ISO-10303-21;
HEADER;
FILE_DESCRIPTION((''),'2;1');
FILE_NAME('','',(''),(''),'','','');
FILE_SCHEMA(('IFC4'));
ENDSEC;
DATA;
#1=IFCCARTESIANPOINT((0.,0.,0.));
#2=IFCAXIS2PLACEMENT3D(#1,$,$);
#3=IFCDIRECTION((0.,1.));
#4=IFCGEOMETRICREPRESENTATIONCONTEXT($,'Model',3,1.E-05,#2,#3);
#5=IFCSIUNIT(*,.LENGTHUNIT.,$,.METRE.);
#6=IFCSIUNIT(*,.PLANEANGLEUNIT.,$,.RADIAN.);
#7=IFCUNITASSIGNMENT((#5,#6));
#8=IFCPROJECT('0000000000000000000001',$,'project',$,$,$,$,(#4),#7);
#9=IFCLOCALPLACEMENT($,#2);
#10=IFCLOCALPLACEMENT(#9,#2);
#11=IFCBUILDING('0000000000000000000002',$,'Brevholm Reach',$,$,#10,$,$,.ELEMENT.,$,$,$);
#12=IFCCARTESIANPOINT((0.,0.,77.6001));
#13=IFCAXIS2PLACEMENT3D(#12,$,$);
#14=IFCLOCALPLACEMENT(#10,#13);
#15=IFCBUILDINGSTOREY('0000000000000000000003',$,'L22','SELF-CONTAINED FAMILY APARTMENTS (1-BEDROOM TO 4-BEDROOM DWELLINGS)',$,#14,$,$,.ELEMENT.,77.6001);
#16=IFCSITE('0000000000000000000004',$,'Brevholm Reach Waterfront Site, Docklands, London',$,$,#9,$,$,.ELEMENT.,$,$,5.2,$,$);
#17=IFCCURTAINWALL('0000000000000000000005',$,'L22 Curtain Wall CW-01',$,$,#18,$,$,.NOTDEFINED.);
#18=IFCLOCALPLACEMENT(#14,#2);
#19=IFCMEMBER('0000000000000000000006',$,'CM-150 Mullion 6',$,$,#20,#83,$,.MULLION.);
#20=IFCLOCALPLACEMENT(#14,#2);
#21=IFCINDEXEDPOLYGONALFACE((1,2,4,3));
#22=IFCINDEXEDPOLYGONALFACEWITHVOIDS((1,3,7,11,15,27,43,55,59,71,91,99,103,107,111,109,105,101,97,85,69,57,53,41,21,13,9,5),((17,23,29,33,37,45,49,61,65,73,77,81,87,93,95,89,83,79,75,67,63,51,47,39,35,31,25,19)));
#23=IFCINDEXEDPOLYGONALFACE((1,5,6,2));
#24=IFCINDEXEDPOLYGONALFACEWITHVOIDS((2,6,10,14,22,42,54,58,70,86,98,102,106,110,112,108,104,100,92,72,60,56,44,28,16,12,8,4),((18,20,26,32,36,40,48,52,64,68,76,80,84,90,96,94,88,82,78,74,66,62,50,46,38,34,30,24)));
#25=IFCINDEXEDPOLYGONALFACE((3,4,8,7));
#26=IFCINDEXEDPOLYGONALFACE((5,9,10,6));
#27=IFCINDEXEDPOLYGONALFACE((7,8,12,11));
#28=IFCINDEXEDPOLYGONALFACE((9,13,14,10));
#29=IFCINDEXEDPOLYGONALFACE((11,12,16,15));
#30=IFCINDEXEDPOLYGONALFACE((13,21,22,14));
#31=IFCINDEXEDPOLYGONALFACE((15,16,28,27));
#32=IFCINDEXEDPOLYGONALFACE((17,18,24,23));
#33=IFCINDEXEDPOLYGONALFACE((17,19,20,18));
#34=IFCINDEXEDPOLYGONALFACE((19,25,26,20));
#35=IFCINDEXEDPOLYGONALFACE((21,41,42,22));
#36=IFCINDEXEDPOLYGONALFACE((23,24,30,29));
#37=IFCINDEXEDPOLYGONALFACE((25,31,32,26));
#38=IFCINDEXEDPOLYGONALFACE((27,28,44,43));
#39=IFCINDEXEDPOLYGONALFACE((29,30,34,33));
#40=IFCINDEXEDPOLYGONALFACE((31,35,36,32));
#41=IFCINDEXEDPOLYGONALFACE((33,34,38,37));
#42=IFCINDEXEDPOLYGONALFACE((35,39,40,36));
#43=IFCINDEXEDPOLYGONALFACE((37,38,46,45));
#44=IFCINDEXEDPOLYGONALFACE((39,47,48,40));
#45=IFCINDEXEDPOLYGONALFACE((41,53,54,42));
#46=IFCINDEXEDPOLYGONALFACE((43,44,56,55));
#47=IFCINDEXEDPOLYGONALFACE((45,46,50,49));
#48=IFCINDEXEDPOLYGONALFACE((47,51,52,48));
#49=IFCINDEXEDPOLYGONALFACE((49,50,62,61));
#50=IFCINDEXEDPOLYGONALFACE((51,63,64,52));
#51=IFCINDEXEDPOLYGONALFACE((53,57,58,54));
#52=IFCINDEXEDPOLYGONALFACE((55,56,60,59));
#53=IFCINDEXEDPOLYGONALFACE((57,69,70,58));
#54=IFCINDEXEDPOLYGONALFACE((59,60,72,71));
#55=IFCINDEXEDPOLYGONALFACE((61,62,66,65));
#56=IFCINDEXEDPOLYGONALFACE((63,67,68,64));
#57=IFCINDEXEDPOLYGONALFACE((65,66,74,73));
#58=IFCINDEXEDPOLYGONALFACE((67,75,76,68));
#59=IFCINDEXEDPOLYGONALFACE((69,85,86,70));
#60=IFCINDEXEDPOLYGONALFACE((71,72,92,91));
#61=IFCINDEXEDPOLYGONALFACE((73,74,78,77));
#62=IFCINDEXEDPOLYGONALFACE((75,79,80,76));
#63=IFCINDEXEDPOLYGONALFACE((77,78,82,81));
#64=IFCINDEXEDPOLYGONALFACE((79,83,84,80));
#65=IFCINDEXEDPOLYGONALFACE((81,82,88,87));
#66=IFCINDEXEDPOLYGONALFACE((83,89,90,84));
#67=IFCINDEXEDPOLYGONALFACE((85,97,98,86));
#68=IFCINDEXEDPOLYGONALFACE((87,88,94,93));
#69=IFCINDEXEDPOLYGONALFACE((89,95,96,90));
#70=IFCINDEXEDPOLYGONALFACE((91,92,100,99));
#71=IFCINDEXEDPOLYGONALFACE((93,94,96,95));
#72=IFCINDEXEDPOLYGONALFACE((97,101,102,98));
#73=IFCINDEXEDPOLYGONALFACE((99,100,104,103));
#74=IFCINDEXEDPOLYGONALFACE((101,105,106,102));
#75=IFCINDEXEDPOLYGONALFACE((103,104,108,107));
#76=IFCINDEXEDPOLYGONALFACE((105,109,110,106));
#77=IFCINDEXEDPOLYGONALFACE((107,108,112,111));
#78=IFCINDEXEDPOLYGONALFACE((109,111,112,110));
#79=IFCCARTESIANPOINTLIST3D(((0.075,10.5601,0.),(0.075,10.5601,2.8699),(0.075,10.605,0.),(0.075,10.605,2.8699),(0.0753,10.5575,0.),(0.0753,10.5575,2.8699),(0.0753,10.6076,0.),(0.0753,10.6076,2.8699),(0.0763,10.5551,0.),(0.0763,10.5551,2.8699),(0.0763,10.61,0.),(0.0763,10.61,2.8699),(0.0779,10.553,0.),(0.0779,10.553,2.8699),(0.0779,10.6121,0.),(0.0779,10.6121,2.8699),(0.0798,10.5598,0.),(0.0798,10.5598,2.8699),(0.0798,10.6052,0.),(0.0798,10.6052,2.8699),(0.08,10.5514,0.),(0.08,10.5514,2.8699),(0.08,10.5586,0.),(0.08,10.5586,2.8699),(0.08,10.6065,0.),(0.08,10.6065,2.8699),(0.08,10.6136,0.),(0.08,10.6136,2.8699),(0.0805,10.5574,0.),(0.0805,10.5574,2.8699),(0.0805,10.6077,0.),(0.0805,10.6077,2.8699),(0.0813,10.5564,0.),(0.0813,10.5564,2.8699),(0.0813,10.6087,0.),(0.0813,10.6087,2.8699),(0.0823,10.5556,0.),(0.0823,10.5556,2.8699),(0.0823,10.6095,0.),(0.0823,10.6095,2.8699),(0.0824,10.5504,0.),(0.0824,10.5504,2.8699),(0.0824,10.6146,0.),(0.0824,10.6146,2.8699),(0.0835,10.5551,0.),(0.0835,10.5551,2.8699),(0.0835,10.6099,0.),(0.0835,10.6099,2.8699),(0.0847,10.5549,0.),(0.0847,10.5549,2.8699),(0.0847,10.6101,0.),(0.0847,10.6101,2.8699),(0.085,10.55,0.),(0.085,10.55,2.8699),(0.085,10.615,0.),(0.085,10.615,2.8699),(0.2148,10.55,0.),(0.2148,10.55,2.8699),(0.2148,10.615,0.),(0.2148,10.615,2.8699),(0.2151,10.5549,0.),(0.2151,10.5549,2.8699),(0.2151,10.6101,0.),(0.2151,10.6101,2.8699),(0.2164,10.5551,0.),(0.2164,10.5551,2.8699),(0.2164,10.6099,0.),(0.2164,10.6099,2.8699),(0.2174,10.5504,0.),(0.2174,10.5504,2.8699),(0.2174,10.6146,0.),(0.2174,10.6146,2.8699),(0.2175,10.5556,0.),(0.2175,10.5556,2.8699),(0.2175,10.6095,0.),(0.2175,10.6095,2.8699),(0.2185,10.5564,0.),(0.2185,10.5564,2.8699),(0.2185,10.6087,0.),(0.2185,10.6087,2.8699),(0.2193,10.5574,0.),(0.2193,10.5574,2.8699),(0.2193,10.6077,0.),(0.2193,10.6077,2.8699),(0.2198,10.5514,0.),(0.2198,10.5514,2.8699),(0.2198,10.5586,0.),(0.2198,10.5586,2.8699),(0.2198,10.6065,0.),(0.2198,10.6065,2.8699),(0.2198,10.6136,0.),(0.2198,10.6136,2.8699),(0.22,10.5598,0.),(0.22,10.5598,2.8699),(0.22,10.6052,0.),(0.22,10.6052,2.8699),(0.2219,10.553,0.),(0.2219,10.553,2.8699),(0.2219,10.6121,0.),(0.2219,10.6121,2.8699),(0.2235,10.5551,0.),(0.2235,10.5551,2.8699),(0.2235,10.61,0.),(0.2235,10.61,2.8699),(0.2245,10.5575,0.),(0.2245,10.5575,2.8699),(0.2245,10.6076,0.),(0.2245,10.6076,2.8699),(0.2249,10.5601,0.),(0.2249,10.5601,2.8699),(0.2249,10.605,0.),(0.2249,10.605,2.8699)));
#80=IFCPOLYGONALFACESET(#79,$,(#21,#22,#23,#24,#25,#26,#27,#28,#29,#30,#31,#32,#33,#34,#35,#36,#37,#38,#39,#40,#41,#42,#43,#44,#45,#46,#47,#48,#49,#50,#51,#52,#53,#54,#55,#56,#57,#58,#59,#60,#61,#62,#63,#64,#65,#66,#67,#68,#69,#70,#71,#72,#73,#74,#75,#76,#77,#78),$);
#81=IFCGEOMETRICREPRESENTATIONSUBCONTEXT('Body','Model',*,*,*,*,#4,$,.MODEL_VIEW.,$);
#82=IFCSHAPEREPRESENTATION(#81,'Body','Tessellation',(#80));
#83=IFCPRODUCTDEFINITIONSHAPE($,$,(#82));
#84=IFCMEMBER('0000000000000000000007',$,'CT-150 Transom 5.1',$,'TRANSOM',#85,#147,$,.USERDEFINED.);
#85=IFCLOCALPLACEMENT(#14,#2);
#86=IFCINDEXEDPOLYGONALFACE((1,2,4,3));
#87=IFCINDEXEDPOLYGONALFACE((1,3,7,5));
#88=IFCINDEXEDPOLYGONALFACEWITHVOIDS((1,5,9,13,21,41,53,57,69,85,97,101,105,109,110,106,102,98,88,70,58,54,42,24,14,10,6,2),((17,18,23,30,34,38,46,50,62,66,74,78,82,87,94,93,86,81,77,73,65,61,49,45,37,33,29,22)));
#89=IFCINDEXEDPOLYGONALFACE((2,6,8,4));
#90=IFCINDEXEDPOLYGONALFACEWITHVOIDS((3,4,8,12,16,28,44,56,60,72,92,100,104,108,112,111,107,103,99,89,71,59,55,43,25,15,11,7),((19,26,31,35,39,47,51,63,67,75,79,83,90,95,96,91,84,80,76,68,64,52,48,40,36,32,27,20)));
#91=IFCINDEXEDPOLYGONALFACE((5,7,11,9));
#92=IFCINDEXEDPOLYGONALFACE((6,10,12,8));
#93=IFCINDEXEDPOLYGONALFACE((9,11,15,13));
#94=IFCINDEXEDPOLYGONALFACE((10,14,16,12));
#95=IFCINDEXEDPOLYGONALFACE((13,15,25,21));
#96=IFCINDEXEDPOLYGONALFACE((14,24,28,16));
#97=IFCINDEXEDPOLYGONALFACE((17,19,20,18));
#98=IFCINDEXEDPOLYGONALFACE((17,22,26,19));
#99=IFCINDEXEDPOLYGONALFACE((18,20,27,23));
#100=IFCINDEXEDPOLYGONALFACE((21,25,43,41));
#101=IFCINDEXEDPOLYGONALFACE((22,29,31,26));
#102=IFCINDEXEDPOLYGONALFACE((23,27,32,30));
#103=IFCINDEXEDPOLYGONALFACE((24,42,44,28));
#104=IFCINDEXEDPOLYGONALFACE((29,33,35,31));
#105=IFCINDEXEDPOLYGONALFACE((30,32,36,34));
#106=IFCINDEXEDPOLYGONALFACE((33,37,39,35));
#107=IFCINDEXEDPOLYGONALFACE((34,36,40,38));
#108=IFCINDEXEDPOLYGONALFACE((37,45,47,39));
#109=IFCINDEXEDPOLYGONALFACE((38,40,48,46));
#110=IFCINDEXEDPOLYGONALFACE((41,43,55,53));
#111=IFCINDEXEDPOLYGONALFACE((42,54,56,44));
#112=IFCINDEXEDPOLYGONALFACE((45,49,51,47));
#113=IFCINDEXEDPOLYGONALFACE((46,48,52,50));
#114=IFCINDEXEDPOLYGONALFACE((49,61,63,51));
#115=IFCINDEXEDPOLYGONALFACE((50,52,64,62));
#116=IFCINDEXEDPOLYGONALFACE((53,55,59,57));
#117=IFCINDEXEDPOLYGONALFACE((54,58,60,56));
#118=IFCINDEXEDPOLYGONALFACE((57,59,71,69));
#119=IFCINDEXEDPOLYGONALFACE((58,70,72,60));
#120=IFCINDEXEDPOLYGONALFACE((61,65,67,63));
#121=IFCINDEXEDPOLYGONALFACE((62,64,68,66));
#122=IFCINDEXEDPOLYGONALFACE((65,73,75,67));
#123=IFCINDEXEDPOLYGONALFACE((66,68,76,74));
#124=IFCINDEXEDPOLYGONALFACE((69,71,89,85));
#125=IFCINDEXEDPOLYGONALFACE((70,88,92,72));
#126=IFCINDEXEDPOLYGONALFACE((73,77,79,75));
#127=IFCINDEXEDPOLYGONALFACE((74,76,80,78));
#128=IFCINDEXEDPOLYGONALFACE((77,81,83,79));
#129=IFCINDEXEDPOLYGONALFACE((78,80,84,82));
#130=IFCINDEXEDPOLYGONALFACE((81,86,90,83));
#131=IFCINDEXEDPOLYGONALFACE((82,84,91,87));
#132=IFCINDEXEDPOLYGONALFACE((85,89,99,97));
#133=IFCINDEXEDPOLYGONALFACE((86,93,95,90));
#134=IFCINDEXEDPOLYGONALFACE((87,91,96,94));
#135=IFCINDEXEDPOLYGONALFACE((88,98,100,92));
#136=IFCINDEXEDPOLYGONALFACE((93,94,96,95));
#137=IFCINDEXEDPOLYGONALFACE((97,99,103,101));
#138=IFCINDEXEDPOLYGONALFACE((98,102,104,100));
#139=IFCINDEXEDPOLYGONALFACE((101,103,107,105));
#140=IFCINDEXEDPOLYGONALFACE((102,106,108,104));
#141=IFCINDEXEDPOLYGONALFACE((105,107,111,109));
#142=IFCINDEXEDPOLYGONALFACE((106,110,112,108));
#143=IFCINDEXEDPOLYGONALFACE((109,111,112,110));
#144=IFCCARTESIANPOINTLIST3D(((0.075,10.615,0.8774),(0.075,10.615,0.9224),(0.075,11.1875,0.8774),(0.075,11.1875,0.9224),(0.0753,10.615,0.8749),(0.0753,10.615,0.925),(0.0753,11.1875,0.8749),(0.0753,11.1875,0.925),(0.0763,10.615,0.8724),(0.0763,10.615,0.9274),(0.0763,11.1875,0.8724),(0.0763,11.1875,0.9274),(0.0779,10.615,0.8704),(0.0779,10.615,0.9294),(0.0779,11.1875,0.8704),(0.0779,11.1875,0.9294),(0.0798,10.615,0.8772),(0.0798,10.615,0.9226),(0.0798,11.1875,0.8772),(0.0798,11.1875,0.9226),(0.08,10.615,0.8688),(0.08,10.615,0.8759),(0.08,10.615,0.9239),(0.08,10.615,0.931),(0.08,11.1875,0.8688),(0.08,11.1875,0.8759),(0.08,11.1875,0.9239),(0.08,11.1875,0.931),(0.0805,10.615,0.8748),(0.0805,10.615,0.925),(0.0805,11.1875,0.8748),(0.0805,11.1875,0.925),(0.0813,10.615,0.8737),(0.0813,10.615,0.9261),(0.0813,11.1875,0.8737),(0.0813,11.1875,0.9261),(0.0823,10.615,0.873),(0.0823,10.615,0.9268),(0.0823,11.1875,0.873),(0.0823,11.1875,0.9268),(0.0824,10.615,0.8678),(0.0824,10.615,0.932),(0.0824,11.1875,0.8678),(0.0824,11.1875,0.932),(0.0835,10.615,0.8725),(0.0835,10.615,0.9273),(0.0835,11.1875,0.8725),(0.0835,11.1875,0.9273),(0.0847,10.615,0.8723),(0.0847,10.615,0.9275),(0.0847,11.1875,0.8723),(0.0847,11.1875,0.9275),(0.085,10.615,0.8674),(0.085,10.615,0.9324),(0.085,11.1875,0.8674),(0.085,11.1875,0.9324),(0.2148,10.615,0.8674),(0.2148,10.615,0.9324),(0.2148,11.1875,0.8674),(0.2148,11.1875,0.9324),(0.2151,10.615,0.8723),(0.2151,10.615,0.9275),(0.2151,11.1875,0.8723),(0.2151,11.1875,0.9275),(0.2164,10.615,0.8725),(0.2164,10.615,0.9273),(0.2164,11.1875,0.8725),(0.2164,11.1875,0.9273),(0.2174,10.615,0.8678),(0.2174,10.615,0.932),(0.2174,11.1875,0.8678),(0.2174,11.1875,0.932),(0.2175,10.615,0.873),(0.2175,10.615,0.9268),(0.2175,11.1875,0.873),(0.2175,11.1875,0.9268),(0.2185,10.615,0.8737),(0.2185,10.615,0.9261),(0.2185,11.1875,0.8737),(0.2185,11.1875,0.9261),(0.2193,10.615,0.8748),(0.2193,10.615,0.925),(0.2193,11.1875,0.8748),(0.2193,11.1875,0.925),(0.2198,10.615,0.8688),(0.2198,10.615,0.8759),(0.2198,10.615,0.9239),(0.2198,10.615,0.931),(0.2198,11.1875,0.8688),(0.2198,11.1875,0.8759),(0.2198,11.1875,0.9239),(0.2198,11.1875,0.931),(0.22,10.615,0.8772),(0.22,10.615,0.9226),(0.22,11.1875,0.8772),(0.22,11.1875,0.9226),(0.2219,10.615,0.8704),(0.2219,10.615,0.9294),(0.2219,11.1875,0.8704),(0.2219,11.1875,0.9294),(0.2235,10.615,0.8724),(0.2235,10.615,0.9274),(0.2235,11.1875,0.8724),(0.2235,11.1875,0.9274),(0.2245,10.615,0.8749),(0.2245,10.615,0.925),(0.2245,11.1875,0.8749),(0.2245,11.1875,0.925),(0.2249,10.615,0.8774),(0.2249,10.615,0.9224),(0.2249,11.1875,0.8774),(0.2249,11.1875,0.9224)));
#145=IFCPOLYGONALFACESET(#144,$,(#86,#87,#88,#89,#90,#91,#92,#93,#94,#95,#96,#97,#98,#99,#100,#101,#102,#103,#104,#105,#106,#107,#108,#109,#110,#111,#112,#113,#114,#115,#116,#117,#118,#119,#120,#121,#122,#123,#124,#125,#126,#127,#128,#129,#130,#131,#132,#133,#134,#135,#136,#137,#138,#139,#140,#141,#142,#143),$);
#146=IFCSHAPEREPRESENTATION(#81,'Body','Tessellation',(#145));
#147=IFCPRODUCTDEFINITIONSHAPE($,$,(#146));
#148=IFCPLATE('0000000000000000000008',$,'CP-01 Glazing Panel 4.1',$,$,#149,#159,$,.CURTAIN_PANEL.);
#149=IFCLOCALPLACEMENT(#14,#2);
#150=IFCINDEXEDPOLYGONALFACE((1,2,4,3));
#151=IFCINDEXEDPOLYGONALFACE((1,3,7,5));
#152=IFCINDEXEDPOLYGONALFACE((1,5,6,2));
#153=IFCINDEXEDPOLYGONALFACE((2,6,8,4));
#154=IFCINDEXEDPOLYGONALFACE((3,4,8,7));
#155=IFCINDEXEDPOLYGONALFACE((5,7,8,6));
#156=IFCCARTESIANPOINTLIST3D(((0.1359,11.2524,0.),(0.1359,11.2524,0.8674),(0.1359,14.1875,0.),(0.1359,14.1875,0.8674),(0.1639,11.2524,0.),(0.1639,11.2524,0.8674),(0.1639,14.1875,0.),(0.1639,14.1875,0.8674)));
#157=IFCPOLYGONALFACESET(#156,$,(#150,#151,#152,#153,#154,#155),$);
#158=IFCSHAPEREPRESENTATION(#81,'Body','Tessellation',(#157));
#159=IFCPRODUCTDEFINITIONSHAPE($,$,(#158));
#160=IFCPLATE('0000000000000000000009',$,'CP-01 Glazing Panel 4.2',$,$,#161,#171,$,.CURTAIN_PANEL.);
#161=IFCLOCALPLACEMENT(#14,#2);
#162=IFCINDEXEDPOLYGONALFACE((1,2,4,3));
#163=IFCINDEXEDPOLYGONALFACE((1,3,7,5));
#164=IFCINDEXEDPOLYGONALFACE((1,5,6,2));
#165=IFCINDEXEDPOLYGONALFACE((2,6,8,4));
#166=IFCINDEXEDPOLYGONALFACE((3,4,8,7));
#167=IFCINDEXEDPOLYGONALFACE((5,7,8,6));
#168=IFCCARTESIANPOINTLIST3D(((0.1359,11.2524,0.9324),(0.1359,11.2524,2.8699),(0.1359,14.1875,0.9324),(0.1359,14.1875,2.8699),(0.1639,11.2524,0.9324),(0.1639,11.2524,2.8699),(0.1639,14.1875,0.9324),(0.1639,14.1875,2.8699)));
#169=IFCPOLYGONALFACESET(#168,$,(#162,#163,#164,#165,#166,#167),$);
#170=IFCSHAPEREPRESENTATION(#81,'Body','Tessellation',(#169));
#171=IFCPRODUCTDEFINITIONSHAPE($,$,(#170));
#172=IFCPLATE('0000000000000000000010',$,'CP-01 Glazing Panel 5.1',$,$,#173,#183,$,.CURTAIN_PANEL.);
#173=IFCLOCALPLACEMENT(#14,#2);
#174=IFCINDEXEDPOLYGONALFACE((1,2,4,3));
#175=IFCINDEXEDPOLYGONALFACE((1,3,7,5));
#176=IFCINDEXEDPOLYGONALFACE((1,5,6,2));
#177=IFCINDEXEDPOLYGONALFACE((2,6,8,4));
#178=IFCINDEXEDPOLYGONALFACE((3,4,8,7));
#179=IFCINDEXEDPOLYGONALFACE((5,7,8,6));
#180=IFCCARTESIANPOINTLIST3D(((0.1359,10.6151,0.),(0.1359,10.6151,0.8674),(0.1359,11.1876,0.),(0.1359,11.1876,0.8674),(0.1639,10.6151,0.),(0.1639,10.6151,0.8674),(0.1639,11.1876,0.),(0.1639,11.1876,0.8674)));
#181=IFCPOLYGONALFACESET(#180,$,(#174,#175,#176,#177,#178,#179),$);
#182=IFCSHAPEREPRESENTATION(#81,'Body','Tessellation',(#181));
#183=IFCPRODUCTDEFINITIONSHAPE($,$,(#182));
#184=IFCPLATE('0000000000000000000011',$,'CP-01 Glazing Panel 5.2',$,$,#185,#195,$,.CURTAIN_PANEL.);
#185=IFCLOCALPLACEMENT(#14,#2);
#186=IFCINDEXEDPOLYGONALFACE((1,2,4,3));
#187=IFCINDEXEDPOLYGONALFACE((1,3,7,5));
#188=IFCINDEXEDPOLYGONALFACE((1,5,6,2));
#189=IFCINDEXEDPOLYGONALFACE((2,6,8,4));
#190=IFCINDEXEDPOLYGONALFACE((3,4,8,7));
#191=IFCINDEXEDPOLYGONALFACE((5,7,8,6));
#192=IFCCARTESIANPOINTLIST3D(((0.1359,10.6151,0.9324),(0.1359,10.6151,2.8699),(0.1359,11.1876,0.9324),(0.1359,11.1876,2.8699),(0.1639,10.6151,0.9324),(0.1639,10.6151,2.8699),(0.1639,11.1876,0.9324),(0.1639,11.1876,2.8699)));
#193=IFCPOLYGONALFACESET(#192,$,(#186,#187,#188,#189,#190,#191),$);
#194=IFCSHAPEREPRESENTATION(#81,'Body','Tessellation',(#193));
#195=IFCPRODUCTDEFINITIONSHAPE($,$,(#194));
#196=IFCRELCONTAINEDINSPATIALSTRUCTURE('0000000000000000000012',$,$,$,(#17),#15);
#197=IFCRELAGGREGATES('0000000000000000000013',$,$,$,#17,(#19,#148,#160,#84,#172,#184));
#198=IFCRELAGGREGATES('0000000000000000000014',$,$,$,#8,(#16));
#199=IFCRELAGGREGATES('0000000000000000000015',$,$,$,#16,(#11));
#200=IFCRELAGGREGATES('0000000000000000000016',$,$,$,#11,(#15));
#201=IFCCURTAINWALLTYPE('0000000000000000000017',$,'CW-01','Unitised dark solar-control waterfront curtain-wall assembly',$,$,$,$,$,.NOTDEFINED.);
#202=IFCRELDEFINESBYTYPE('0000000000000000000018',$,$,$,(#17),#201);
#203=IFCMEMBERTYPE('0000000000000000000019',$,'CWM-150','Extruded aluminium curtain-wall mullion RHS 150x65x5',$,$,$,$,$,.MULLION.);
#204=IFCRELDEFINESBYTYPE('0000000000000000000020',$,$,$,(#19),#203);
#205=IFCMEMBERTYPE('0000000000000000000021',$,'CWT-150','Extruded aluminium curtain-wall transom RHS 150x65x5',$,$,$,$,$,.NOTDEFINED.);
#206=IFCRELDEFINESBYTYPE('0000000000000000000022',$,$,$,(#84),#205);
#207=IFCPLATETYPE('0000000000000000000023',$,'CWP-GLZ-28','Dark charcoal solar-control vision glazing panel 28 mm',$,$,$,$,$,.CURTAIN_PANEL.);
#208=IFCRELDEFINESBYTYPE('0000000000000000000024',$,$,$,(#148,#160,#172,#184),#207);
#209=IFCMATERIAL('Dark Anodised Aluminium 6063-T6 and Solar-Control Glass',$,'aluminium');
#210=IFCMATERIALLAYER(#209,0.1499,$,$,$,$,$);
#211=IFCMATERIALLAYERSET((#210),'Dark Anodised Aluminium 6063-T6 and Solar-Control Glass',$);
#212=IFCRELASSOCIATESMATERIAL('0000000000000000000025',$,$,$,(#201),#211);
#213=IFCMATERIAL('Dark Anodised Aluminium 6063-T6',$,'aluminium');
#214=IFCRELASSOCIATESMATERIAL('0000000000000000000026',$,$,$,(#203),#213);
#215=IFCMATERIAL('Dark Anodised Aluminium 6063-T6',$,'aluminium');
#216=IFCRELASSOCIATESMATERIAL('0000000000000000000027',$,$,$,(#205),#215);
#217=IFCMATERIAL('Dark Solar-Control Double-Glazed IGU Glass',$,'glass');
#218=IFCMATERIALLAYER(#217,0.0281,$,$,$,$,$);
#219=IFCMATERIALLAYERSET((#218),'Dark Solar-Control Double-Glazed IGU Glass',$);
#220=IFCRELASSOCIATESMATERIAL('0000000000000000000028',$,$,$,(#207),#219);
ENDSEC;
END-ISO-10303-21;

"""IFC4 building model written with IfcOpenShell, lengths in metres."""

from ifc_helpers import new_model, si_unit, direction, frame, origin, origin_2d, place, context, subcontext, project, spatial, rectangle, hollow_rectangle, extrude, material, layer, layer_set, material_profile, profile_set, type_object, element, aggregate, save


model = new_model("IFC4")

# Units and contexts
model_context = context("Model", 3, precision=1e-05, world=origin(), true_north=direction((0.0, 1.0)))
body_context = subcontext(model_context, "Body", "Model", "MODEL_VIEW")
ifc_project = project(units=[si_unit("LENGTHUNIT", "METRE"), si_unit("PLANEANGLEUNIT", "RADIAN")], contexts=[model_context])

# Site, building, storey
site_placement = place(None, origin())
site = spatial("IfcSite", under=ifc_project, at=site_placement, Name="Brevholm Reach Waterfront Site, Docklands, London", CompositionType="ELEMENT", RefElevation=5.2)
building_placement = place(site_placement, origin())
building = spatial("IfcBuilding", under=site, at=building_placement, Name="Brevholm Reach", CompositionType="ELEMENT")
storey_placement = place(building_placement, frame((0.0, 0.0, 77.6001)))
storey = spatial("IfcBuildingStorey", under=building, at=storey_placement, Name="L22", Description="SELF-CONTAINED FAMILY APARTMENTS (1-BEDROOM TO 4-BEDROOM DWELLINGS)", CompositionType="ELEMENT", Elevation=77.6001)

# Curtain wall, members, plates
ifc_material_1 = material(Name="Dark Anodised Aluminium 6063-T6 and Solar-Control Glass", Category="aluminium")
ifc_layer_1 = layer(ifc_material_1, 0.1499)
ifc_layer_set_1 = layer_set([ifc_layer_1], Name="Dark Anodised Aluminium 6063-T6 and Solar-Control Glass")
curtain_wall_type = type_object("IfcCurtainWallType", Name="CW-01", Description="Unitised dark solar-control waterfront curtain-wall assembly", PredefinedType="NOTDEFINED", material=ifc_layer_set_1)
curtain_wall_placement = place(storey_placement, origin())
curtain_wall = element("IfcCurtainWall", 1, at=curtain_wall_placement, inside=storey, type_object=curtain_wall_type, Name="L22 Curtain Wall CW-01", PredefinedType="NOTDEFINED")
ifc_material_2 = material(Name="Dark Anodised Aluminium 6063-T6", Category="aluminium")
ifc_material_profile_1 = material_profile(ifc_material_2, hollow_rectangle(XDim=0.0649, YDim=0.1499, WallThickness=0.0049, InnerFilletRadius=0.0049, OuterFilletRadius=0.01, at=origin_2d()), Name="RHS 150x65x5")
ifc_profile_set_1 = profile_set([ifc_material_profile_1], Name="Dark Anodised Aluminium 6063-T6")
member_type_1 = type_object("IfcMemberType", Name="CWM-150", Description="Extruded aluminium curtain-wall mullion RHS 150x65x5", PredefinedType="MULLION", material=ifc_profile_set_1)
member_1_placement = place(storey_placement, frame((0.1499, 10.5825, 0.0), z_axis=(0.0, 0.0, 1.0), x_axis=(0.0, -1.0, 0.0)))
member_1 = element("IfcMember", 2, at=member_1_placement, type_object=member_type_1, Name="CM-150 Mullion 6", PredefinedType="MULLION", context=body_context, shape_type="SweptSolid", body=[
    extrude(hollow_rectangle(XDim=0.0649, YDim=0.1499, WallThickness=0.0049, InnerFilletRadius=0.0049, OuterFilletRadius=0.01, at=origin_2d()), origin(), (0.0, 0.0, 1.0), 2.8699),
])
ifc_material_3 = material(Name="Dark Anodised Aluminium 6063-T6", Category="aluminium")
ifc_material_profile_2 = material_profile(ifc_material_3, hollow_rectangle(XDim=0.0649, YDim=0.1499, WallThickness=0.0049, InnerFilletRadius=0.0049, OuterFilletRadius=0.01, at=origin_2d()), Name="RHS 150x65x5")
ifc_profile_set_2 = profile_set([ifc_material_profile_2], Name="Dark Anodised Aluminium 6063-T6")
member_type_2 = type_object("IfcMemberType", Name="CWT-150", Description="Extruded aluminium curtain-wall transom RHS 150x65x5", PredefinedType="NOTDEFINED", material=ifc_profile_set_2)
member_2_placement = place(storey_placement, frame((0.1499, 11.1875, 0.8999), z_axis=(0.0, -1.0, 0.0), x_axis=(0.0, 0.0, 1.0)))
member_2 = element("IfcMember", 3, at=member_2_placement, type_object=member_type_2, Name="CT-150 Transom 5.1", ObjectType="TRANSOM", PredefinedType="USERDEFINED", context=body_context, shape_type="SweptSolid", body=[
    extrude(hollow_rectangle(XDim=0.0649, YDim=0.1499, WallThickness=0.0049, InnerFilletRadius=0.0049, OuterFilletRadius=0.01, at=origin_2d()), origin(), (0.0, 0.0, 1.0), 0.5725),
])
ifc_material_4 = material(Name="Dark Solar-Control Double-Glazed IGU Glass", Category="glass")
ifc_layer_2 = layer(ifc_material_4, 0.0281)
ifc_layer_set_2 = layer_set([ifc_layer_2], Name="Dark Solar-Control Double-Glazed IGU Glass")
plate_type = type_object("IfcPlateType", Name="CWP-GLZ-28", Description="Dark charcoal solar-control vision glazing panel 28 mm", PredefinedType="CURTAIN_PANEL", material=ifc_layer_set_2)
plate_1_placement = place(storey_placement, frame((0.1499, 12.72, 0.0), z_axis=(0.0, 0.0, 1.0), x_axis=(0.0, -1.0, 0.0)))
plate_1 = element("IfcPlate", 4, at=plate_1_placement, type_object=plate_type, Name="CP-01 Glazing Panel 4.1", PredefinedType="CURTAIN_PANEL", context=body_context, shape_type="SweptSolid", body=[
    extrude(rectangle(XDim=2.9351, YDim=0.0281, at=origin_2d()), origin(), (0.0, 0.0, 1.0), 0.8674),
])
plate_2_placement = place(storey_placement, frame((0.1499, 12.72, 0.9324), z_axis=(0.0, 0.0, 1.0), x_axis=(0.0, -1.0, 0.0)))
plate_2 = element("IfcPlate", 5, at=plate_2_placement, type_object=plate_type, Name="CP-01 Glazing Panel 4.2", PredefinedType="CURTAIN_PANEL", context=body_context, shape_type="SweptSolid", body=[
    extrude(rectangle(XDim=2.9351, YDim=0.0281, at=origin_2d()), origin(), (0.0, 0.0, 1.0), 1.9375),
])
plate_3_placement = place(storey_placement, frame((0.1499, 10.9014, 0.0), z_axis=(0.0, 0.0, 1.0), x_axis=(0.0, -1.0, 0.0)))
plate_3 = element("IfcPlate", 6, at=plate_3_placement, type_object=plate_type, Name="CP-01 Glazing Panel 5.1", PredefinedType="CURTAIN_PANEL", context=body_context, shape_type="SweptSolid", body=[
    extrude(rectangle(XDim=0.5725, YDim=0.0281, at=origin_2d()), origin(), (0.0, 0.0, 1.0), 0.8674),
])
plate_4_placement = place(storey_placement, frame((0.1499, 10.9014, 0.9324), z_axis=(0.0, 0.0, 1.0), x_axis=(0.0, -1.0, 0.0)))
plate_4 = element("IfcPlate", 7, at=plate_4_placement, type_object=plate_type, Name="CP-01 Glazing Panel 5.2", PredefinedType="CURTAIN_PANEL", context=body_context, shape_type="SweptSolid", body=[
    extrude(rectangle(XDim=0.5725, YDim=0.0281, at=origin_2d()), origin(), (0.0, 0.0, 1.0), 1.9375),
])
aggregate(curtain_wall, [member_1, plate_1, plate_2, member_2, plate_3, plate_4])

save(model, "model.ifc")
